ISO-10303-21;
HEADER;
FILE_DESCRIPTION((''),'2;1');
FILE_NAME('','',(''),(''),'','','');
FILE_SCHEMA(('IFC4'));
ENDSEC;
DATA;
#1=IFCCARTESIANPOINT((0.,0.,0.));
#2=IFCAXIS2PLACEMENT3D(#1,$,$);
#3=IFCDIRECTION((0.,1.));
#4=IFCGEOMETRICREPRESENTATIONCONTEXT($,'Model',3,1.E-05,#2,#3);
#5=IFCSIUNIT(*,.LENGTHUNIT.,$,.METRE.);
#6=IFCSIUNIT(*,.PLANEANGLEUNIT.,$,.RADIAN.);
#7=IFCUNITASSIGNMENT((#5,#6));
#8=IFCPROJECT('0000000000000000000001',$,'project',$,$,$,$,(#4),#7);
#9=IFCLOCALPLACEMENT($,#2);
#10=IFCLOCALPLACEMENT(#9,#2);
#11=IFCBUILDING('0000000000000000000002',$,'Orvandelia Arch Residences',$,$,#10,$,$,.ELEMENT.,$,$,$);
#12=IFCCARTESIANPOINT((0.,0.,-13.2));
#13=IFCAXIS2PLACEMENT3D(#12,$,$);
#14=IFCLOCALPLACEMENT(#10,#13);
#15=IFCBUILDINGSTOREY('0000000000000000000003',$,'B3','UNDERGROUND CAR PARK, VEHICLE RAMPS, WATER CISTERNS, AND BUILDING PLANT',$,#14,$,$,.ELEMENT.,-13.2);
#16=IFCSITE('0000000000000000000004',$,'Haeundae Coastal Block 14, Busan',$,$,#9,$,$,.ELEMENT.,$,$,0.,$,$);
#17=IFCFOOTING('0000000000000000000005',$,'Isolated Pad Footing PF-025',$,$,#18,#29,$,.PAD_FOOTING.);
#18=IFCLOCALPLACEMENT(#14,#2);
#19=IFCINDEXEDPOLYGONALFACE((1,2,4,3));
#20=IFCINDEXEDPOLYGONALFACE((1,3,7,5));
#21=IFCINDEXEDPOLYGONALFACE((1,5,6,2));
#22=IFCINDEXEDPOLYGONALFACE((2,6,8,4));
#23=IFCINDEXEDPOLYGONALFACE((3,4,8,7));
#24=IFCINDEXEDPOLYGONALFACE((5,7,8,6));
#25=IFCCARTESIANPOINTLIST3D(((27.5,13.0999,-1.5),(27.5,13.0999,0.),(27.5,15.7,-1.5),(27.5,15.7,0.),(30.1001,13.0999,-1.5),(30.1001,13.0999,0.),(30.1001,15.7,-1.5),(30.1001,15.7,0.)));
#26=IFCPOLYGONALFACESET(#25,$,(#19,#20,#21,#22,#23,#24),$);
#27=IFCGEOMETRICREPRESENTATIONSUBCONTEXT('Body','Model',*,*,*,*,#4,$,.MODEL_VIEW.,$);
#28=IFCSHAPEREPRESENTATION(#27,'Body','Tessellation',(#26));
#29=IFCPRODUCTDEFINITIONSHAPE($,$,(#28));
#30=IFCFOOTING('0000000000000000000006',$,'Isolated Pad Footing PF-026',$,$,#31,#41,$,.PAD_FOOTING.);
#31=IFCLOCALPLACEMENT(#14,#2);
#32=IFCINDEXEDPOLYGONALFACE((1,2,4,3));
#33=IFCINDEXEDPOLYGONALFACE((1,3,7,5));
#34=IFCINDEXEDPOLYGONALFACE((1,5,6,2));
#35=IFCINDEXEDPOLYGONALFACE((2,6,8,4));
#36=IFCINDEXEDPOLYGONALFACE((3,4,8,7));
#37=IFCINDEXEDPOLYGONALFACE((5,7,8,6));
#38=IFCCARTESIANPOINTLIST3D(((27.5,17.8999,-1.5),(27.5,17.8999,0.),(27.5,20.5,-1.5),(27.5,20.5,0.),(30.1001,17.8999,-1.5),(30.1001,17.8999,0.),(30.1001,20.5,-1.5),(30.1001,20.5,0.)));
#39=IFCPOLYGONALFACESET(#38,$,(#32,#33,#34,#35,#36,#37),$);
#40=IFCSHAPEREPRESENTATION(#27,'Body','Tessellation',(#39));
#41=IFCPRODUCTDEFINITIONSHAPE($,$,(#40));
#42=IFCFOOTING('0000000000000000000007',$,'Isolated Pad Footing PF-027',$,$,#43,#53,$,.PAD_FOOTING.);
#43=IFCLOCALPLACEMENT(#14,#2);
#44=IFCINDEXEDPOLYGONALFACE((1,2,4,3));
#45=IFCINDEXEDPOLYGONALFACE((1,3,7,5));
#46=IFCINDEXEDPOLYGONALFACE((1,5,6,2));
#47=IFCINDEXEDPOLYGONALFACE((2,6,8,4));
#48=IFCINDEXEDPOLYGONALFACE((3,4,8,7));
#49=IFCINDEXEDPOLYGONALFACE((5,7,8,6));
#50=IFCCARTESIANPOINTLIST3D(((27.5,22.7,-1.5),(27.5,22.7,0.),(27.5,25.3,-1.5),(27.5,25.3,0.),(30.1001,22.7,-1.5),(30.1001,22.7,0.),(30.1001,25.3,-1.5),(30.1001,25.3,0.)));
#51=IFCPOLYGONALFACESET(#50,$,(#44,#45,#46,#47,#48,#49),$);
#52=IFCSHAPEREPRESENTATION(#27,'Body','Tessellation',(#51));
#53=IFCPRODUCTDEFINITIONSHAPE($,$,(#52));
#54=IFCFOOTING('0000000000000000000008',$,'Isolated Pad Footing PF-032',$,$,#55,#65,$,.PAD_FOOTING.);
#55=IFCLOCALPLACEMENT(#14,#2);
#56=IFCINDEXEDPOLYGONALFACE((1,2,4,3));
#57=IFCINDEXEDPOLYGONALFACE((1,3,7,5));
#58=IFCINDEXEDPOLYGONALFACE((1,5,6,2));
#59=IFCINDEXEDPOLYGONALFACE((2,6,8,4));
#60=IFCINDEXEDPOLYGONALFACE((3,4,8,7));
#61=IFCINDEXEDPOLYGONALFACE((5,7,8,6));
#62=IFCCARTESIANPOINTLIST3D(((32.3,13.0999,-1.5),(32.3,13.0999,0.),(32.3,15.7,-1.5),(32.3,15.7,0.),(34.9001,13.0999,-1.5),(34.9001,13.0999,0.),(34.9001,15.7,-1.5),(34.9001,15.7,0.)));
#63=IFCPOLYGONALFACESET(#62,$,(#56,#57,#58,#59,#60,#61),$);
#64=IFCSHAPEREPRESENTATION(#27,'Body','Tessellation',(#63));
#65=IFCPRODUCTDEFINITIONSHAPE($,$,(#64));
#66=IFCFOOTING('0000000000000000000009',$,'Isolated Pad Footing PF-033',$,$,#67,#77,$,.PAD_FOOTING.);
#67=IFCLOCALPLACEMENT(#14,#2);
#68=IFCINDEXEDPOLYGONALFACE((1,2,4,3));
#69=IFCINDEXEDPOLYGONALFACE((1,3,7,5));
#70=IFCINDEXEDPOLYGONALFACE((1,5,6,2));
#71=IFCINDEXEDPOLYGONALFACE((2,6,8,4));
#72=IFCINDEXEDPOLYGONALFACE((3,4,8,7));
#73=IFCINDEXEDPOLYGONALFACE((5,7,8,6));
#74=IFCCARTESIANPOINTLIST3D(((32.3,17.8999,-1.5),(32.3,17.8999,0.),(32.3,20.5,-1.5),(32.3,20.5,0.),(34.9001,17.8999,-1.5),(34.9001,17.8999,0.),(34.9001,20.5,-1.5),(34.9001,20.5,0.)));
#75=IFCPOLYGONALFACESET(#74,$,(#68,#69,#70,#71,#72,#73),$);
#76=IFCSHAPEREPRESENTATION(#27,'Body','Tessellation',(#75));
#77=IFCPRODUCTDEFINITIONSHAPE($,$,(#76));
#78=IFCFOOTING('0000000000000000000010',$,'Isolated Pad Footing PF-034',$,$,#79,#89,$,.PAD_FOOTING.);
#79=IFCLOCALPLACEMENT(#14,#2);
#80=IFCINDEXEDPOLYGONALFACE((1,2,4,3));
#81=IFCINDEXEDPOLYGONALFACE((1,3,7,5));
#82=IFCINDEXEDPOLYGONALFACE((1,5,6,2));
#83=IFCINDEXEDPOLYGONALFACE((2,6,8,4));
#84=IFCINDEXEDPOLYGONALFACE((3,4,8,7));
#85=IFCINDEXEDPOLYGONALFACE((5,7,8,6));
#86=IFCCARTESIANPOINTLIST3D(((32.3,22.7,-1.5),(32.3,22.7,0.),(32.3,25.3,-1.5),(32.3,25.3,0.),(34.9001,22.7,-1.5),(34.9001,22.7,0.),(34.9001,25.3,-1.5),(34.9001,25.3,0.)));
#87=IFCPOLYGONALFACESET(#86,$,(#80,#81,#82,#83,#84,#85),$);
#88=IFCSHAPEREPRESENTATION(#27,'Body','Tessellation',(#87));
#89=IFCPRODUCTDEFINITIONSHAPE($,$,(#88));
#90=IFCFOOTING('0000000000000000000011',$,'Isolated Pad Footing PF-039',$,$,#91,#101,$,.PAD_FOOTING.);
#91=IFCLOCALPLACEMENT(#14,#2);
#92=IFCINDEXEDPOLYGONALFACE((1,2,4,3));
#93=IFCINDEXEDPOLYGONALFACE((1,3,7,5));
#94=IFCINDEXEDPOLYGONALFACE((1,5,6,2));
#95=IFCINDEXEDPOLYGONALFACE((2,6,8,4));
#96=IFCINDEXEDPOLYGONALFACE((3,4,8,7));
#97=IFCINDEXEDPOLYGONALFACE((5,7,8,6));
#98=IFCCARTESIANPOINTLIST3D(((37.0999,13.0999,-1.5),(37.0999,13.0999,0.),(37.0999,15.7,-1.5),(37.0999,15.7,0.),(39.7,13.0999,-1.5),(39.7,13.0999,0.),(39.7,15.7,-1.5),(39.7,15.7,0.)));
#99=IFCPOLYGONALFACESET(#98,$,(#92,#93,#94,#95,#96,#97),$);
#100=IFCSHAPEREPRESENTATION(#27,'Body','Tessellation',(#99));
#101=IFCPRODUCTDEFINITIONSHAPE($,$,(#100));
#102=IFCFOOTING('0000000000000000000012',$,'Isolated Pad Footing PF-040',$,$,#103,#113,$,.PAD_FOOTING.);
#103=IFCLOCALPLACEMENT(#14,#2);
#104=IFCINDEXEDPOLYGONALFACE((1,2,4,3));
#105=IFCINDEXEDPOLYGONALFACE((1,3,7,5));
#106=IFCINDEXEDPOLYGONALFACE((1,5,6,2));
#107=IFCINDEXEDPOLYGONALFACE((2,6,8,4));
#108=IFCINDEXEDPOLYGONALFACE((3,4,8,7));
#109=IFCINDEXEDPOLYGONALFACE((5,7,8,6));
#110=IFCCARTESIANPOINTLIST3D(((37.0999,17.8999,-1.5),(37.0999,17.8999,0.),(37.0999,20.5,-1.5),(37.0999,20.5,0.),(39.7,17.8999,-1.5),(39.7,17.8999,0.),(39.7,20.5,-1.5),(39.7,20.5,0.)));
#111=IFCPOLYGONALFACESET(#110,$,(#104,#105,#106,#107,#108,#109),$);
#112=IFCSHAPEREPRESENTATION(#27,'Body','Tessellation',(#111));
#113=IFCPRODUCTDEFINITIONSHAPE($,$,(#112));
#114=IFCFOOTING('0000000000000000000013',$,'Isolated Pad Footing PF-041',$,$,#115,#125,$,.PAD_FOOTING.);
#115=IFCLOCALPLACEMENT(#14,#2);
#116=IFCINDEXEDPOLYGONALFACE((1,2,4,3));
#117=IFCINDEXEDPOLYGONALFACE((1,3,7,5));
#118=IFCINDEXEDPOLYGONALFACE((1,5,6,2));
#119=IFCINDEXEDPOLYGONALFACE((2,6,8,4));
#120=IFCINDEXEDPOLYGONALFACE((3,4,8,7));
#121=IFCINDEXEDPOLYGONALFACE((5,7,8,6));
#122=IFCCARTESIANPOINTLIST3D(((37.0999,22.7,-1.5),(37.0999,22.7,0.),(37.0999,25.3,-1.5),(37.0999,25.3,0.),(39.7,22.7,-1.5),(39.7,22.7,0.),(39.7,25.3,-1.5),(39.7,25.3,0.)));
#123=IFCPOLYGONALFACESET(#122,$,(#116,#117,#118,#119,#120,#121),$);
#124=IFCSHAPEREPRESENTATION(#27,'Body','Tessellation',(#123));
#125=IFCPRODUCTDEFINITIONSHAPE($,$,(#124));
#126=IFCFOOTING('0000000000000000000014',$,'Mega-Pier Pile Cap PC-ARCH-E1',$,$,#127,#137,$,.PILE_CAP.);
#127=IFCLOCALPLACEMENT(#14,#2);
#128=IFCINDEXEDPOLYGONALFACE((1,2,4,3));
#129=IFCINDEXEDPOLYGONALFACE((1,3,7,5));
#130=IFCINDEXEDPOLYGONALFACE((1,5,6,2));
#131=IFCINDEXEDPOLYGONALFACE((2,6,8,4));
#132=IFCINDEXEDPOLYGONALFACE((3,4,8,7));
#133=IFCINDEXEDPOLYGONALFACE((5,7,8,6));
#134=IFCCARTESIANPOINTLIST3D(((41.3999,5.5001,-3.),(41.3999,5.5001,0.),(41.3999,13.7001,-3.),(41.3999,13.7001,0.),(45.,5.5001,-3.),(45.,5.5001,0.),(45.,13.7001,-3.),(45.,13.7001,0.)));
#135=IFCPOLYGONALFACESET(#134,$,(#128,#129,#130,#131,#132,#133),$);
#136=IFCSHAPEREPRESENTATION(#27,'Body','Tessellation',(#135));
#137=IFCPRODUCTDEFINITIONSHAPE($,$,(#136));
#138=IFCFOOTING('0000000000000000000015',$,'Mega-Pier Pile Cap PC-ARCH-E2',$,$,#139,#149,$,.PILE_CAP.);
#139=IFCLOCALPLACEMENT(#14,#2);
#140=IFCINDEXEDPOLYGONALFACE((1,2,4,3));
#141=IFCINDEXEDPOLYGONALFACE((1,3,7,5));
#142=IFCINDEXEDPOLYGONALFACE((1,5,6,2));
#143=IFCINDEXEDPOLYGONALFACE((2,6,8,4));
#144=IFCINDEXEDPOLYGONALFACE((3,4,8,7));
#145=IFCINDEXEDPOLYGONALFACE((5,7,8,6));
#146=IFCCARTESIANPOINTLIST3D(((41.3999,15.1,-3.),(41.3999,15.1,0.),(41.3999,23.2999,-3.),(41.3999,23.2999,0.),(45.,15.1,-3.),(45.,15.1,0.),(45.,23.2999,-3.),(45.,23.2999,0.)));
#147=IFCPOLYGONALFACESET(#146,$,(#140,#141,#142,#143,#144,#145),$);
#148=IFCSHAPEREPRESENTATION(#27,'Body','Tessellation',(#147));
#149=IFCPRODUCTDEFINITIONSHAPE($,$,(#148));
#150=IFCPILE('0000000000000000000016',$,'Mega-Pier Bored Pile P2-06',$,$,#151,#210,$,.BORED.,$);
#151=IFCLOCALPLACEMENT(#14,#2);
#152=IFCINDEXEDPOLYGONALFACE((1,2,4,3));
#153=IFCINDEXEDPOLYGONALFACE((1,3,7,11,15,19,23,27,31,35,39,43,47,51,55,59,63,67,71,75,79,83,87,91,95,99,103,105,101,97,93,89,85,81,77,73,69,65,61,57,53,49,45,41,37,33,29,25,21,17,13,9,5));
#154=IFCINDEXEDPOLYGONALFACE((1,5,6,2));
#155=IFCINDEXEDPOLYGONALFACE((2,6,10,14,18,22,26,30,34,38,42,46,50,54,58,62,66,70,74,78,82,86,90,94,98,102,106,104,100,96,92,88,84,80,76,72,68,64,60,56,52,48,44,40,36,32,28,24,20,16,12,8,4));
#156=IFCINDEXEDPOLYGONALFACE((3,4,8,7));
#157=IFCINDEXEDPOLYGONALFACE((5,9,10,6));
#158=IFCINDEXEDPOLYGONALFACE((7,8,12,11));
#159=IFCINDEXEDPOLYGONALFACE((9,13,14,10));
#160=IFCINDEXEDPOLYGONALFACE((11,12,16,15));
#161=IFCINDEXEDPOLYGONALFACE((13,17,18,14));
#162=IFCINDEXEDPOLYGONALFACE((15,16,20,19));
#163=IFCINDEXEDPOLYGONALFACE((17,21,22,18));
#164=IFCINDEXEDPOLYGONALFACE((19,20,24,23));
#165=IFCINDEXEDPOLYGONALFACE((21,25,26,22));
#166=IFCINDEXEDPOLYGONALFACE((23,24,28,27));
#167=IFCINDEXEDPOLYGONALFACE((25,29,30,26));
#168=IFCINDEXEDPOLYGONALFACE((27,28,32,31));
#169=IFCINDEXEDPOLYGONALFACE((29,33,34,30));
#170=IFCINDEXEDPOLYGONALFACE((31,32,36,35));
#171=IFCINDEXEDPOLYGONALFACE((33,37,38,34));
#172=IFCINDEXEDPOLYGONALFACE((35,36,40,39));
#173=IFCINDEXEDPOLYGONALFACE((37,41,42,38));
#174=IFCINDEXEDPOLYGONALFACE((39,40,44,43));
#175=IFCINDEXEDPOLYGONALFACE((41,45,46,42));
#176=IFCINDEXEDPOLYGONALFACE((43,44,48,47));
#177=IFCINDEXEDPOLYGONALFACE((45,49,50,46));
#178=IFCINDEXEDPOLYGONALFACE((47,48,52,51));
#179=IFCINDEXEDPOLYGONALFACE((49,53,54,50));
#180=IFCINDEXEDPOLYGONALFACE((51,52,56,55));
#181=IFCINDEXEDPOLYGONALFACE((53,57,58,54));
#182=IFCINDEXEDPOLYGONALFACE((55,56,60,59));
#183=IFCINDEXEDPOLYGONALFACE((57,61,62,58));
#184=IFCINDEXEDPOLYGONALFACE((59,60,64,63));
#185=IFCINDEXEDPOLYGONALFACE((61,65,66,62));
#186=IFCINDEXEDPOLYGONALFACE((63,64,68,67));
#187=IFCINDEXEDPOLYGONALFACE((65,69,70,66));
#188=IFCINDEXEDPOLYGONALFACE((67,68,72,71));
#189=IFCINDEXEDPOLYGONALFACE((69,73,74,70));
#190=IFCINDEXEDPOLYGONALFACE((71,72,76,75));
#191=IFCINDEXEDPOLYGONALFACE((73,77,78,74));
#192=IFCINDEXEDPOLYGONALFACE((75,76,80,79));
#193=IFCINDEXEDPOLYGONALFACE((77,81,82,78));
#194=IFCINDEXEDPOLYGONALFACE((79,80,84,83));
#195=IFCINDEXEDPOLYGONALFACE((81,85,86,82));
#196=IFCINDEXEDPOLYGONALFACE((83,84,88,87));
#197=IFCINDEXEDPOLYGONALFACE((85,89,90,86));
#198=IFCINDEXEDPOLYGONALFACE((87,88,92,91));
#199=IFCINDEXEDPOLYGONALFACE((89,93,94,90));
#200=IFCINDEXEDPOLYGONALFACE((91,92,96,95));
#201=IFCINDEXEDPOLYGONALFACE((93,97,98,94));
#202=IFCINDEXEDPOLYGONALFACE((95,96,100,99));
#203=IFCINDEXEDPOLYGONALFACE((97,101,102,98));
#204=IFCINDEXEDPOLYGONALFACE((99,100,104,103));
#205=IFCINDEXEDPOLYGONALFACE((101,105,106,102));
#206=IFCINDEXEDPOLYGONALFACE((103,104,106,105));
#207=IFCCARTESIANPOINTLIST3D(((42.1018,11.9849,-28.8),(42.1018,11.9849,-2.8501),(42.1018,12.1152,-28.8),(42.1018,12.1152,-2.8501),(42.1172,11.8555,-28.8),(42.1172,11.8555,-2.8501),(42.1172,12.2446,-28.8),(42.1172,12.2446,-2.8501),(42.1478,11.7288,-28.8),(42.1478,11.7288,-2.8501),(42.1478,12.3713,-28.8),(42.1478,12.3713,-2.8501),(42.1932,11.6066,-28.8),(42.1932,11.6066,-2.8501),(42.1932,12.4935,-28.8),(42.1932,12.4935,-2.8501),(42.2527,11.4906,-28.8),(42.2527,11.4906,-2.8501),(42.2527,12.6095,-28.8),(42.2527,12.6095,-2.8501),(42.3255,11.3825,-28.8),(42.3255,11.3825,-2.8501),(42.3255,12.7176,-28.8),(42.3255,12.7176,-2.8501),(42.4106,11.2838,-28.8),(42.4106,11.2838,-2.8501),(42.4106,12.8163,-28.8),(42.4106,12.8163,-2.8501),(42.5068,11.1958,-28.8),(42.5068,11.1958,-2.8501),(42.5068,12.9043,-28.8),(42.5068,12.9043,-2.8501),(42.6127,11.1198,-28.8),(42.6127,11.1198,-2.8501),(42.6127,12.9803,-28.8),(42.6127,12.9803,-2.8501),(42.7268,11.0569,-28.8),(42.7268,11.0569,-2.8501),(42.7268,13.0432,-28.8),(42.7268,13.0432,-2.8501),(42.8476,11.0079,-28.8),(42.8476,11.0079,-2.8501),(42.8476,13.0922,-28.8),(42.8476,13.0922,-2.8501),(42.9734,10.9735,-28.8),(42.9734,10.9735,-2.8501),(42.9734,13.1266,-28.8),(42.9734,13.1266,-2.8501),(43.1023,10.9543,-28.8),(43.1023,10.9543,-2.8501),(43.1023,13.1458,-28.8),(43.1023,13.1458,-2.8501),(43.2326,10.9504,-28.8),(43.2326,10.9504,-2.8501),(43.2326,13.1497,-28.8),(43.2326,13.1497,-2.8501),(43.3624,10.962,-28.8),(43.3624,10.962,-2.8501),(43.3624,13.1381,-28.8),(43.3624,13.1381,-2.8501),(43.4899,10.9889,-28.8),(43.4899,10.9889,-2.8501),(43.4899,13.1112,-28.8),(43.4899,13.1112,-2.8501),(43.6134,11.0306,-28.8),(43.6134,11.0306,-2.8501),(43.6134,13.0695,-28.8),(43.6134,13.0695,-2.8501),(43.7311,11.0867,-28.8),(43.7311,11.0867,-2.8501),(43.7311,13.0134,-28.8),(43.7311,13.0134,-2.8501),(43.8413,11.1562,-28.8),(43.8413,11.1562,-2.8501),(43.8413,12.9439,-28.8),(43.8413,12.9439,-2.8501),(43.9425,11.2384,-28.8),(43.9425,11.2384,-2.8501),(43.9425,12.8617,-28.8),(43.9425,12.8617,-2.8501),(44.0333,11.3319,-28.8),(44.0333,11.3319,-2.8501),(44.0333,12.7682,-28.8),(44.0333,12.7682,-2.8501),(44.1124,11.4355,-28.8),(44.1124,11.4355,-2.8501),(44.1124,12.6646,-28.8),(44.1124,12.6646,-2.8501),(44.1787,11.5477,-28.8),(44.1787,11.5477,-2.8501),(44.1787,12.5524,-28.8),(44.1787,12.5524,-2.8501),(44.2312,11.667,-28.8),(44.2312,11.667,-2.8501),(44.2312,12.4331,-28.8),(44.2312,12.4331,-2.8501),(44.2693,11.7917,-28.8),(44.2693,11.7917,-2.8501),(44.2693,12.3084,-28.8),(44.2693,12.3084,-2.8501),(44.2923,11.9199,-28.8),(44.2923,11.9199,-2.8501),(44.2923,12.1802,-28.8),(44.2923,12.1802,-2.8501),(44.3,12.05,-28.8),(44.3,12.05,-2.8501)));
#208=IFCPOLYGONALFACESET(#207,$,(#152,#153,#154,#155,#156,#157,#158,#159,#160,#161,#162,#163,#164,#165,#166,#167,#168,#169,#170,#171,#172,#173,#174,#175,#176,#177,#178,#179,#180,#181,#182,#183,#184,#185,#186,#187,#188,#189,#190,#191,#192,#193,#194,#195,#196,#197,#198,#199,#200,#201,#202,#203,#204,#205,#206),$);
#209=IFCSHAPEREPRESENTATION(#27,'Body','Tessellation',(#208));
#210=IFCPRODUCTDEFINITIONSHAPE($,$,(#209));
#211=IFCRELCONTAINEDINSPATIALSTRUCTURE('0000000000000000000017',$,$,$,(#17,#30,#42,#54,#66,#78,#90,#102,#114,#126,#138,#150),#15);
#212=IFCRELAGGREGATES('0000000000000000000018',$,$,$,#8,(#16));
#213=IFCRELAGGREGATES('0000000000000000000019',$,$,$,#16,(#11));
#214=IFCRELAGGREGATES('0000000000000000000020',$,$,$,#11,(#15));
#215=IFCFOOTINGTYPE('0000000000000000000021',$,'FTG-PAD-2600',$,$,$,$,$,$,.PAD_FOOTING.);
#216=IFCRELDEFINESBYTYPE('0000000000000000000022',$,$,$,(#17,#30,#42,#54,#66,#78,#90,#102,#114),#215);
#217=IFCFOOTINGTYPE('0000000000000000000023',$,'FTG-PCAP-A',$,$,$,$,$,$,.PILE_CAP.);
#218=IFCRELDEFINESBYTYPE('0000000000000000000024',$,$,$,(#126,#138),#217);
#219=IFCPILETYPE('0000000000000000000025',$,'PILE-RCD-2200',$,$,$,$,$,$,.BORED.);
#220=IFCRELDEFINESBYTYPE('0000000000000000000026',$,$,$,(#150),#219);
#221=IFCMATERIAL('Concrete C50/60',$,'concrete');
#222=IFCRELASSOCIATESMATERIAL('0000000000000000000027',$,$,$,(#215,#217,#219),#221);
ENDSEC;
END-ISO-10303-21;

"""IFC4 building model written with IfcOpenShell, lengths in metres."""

from ifc_helpers import new_model, si_unit, direction, frame, origin, origin_2d, place, context, subcontext, project, spatial, rectangle, circle, extrude, material, material_profile, profile_set, type_object, element, save


model = new_model("IFC4")

# Units and contexts
model_context = context("Model", 3, precision=1e-05, world=origin(), true_north=direction((0.0, 1.0)))
body_context = subcontext(model_context, "Body", "Model", "MODEL_VIEW")
ifc_project = project(units=[si_unit("LENGTHUNIT", "METRE"), si_unit("PLANEANGLEUNIT", "RADIAN")], contexts=[model_context])

# Site, building, storey
site_placement = place(None, origin())
site = spatial("IfcSite", under=ifc_project, at=site_placement, Name="Haeundae Coastal Block 14, Busan", CompositionType="ELEMENT", RefElevation=0.0)
building_placement = place(site_placement, origin())
building = spatial("IfcBuilding", under=site, at=building_placement, Name="Orvandelia Arch Residences", CompositionType="ELEMENT")
storey_placement = place(building_placement, frame((0.0, 0.0, -13.2)))
storey = spatial("IfcBuildingStorey", under=building, at=storey_placement, Name="B3", Description="UNDERGROUND CAR PARK, VEHICLE RAMPS, WATER CISTERNS, AND BUILDING PLANT", CompositionType="ELEMENT", Elevation=-13.2)

# Footings
ifc_material_1 = material(Name="Concrete C50/60", Category="concrete")
footing_type_1 = type_object("IfcFootingType", Name="FTG-PAD-2600", PredefinedType="PAD_FOOTING", material=ifc_material_1)
for number, where, z_axis, x_axis, name in (
    (1, (28.8, 14.3999, -1.5), (0.0, 0.0, 1.0), (1.0, 0.0, 0.0), "Isolated Pad Footing PF-025"),
    (2, (28.8, 19.2, -1.5), (0.0, 0.0, 1.0), (1.0, 0.0, 0.0), "Isolated Pad Footing PF-026"),
    (3, (28.8, 24.0, -1.5), (0.0, 0.0, 1.0), (1.0, 0.0, 0.0), "Isolated Pad Footing PF-027"),
    (4, (33.6001, 14.3999, -1.5), (0.0, 0.0, 1.0), (1.0, 0.0, 0.0), "Isolated Pad Footing PF-032"),
    (5, (33.6001, 19.2, -1.5), (0.0, 0.0, 1.0), (1.0, 0.0, 0.0), "Isolated Pad Footing PF-033"),
    (6, (33.6001, 24.0, -1.5), (0.0, 0.0, 1.0), (1.0, 0.0, 0.0), "Isolated Pad Footing PF-034"),
    (7, (38.3999, 14.3999, -1.5), (0.0, 0.0, 1.0), (1.0, 0.0, 0.0), "Isolated Pad Footing PF-039"),
    (8, (38.3999, 19.2, -1.5), (0.0, 0.0, 1.0), (1.0, 0.0, 0.0), "Isolated Pad Footing PF-040"),
    (9, (38.3999, 24.0, -1.5), (0.0, 0.0, 1.0), (1.0, 0.0, 0.0), "Isolated Pad Footing PF-041"),
):
    element("IfcFooting", number, at=place(storey_placement, frame(where, z_axis=z_axis, x_axis=x_axis)), inside=storey, type_object=footing_type_1, Name=name, PredefinedType="PAD_FOOTING", context=body_context, shape_type="SweptSolid", body=[
        extrude(rectangle(XDim=2.6001, YDim=2.6001, at=origin_2d()), origin(), (0.0, 0.0, 1.0), 1.5),
    ])
footing_type_2 = type_object("IfcFootingType", Name="FTG-PCAP-A", PredefinedType="PILE_CAP", material=ifc_material_1)
for number, where, z_axis, x_axis, name in (
    (10, (43.2, 9.6001, -3.0), (0.0, 0.0, 1.0), (1.0, 0.0, 0.0), "Mega-Pier Pile Cap PC-ARCH-E1"),
    (11, (43.2, 19.2, -3.0), (0.0, 0.0, 1.0), (1.0, 0.0, 0.0), "Mega-Pier Pile Cap PC-ARCH-E2"),
):
    element("IfcFooting", number, at=place(storey_placement, frame(where, z_axis=z_axis, x_axis=x_axis)), inside=storey, type_object=footing_type_2, Name=name, PredefinedType="PILE_CAP", context=body_context, shape_type="SweptSolid", body=[
        extrude(rectangle(XDim=3.6001, YDim=8.2, at=origin_2d()), origin(), (0.0, 0.0, 1.0), 3.0),
    ])

# Pile
ifc_material_profile_1 = material_profile(ifc_material_1, circle(Radius=1.1001, at=origin_2d()), Name="Concrete C50/60", Category="concrete")
ifc_profile_set_1 = profile_set([ifc_material_profile_1], Name="Concrete C50/60")
pile_type = type_object("IfcPileType", Name="PILE-RCD-2200", PredefinedType="BORED", material=ifc_profile_set_1)
for number, where, z_axis, x_axis, name in (
    (12, (43.2, 12.05, -2.8501), (0.0, 0.0, -1.0), (1.0, 0.0, 0.0), "Mega-Pier Bored Pile P2-06"),
):
    element("IfcPile", number, at=place(storey_placement, frame(where, z_axis=z_axis, x_axis=x_axis)), inside=storey, type_object=pile_type, Name=name, PredefinedType="BORED", context=body_context, shape_type="SweptSolid", body=[
        extrude(circle(Radius=1.1001, at=origin_2d()), origin(), (0.0, 0.0, 1.0), 25.95),
    ])

save(model, "model.ifc")
